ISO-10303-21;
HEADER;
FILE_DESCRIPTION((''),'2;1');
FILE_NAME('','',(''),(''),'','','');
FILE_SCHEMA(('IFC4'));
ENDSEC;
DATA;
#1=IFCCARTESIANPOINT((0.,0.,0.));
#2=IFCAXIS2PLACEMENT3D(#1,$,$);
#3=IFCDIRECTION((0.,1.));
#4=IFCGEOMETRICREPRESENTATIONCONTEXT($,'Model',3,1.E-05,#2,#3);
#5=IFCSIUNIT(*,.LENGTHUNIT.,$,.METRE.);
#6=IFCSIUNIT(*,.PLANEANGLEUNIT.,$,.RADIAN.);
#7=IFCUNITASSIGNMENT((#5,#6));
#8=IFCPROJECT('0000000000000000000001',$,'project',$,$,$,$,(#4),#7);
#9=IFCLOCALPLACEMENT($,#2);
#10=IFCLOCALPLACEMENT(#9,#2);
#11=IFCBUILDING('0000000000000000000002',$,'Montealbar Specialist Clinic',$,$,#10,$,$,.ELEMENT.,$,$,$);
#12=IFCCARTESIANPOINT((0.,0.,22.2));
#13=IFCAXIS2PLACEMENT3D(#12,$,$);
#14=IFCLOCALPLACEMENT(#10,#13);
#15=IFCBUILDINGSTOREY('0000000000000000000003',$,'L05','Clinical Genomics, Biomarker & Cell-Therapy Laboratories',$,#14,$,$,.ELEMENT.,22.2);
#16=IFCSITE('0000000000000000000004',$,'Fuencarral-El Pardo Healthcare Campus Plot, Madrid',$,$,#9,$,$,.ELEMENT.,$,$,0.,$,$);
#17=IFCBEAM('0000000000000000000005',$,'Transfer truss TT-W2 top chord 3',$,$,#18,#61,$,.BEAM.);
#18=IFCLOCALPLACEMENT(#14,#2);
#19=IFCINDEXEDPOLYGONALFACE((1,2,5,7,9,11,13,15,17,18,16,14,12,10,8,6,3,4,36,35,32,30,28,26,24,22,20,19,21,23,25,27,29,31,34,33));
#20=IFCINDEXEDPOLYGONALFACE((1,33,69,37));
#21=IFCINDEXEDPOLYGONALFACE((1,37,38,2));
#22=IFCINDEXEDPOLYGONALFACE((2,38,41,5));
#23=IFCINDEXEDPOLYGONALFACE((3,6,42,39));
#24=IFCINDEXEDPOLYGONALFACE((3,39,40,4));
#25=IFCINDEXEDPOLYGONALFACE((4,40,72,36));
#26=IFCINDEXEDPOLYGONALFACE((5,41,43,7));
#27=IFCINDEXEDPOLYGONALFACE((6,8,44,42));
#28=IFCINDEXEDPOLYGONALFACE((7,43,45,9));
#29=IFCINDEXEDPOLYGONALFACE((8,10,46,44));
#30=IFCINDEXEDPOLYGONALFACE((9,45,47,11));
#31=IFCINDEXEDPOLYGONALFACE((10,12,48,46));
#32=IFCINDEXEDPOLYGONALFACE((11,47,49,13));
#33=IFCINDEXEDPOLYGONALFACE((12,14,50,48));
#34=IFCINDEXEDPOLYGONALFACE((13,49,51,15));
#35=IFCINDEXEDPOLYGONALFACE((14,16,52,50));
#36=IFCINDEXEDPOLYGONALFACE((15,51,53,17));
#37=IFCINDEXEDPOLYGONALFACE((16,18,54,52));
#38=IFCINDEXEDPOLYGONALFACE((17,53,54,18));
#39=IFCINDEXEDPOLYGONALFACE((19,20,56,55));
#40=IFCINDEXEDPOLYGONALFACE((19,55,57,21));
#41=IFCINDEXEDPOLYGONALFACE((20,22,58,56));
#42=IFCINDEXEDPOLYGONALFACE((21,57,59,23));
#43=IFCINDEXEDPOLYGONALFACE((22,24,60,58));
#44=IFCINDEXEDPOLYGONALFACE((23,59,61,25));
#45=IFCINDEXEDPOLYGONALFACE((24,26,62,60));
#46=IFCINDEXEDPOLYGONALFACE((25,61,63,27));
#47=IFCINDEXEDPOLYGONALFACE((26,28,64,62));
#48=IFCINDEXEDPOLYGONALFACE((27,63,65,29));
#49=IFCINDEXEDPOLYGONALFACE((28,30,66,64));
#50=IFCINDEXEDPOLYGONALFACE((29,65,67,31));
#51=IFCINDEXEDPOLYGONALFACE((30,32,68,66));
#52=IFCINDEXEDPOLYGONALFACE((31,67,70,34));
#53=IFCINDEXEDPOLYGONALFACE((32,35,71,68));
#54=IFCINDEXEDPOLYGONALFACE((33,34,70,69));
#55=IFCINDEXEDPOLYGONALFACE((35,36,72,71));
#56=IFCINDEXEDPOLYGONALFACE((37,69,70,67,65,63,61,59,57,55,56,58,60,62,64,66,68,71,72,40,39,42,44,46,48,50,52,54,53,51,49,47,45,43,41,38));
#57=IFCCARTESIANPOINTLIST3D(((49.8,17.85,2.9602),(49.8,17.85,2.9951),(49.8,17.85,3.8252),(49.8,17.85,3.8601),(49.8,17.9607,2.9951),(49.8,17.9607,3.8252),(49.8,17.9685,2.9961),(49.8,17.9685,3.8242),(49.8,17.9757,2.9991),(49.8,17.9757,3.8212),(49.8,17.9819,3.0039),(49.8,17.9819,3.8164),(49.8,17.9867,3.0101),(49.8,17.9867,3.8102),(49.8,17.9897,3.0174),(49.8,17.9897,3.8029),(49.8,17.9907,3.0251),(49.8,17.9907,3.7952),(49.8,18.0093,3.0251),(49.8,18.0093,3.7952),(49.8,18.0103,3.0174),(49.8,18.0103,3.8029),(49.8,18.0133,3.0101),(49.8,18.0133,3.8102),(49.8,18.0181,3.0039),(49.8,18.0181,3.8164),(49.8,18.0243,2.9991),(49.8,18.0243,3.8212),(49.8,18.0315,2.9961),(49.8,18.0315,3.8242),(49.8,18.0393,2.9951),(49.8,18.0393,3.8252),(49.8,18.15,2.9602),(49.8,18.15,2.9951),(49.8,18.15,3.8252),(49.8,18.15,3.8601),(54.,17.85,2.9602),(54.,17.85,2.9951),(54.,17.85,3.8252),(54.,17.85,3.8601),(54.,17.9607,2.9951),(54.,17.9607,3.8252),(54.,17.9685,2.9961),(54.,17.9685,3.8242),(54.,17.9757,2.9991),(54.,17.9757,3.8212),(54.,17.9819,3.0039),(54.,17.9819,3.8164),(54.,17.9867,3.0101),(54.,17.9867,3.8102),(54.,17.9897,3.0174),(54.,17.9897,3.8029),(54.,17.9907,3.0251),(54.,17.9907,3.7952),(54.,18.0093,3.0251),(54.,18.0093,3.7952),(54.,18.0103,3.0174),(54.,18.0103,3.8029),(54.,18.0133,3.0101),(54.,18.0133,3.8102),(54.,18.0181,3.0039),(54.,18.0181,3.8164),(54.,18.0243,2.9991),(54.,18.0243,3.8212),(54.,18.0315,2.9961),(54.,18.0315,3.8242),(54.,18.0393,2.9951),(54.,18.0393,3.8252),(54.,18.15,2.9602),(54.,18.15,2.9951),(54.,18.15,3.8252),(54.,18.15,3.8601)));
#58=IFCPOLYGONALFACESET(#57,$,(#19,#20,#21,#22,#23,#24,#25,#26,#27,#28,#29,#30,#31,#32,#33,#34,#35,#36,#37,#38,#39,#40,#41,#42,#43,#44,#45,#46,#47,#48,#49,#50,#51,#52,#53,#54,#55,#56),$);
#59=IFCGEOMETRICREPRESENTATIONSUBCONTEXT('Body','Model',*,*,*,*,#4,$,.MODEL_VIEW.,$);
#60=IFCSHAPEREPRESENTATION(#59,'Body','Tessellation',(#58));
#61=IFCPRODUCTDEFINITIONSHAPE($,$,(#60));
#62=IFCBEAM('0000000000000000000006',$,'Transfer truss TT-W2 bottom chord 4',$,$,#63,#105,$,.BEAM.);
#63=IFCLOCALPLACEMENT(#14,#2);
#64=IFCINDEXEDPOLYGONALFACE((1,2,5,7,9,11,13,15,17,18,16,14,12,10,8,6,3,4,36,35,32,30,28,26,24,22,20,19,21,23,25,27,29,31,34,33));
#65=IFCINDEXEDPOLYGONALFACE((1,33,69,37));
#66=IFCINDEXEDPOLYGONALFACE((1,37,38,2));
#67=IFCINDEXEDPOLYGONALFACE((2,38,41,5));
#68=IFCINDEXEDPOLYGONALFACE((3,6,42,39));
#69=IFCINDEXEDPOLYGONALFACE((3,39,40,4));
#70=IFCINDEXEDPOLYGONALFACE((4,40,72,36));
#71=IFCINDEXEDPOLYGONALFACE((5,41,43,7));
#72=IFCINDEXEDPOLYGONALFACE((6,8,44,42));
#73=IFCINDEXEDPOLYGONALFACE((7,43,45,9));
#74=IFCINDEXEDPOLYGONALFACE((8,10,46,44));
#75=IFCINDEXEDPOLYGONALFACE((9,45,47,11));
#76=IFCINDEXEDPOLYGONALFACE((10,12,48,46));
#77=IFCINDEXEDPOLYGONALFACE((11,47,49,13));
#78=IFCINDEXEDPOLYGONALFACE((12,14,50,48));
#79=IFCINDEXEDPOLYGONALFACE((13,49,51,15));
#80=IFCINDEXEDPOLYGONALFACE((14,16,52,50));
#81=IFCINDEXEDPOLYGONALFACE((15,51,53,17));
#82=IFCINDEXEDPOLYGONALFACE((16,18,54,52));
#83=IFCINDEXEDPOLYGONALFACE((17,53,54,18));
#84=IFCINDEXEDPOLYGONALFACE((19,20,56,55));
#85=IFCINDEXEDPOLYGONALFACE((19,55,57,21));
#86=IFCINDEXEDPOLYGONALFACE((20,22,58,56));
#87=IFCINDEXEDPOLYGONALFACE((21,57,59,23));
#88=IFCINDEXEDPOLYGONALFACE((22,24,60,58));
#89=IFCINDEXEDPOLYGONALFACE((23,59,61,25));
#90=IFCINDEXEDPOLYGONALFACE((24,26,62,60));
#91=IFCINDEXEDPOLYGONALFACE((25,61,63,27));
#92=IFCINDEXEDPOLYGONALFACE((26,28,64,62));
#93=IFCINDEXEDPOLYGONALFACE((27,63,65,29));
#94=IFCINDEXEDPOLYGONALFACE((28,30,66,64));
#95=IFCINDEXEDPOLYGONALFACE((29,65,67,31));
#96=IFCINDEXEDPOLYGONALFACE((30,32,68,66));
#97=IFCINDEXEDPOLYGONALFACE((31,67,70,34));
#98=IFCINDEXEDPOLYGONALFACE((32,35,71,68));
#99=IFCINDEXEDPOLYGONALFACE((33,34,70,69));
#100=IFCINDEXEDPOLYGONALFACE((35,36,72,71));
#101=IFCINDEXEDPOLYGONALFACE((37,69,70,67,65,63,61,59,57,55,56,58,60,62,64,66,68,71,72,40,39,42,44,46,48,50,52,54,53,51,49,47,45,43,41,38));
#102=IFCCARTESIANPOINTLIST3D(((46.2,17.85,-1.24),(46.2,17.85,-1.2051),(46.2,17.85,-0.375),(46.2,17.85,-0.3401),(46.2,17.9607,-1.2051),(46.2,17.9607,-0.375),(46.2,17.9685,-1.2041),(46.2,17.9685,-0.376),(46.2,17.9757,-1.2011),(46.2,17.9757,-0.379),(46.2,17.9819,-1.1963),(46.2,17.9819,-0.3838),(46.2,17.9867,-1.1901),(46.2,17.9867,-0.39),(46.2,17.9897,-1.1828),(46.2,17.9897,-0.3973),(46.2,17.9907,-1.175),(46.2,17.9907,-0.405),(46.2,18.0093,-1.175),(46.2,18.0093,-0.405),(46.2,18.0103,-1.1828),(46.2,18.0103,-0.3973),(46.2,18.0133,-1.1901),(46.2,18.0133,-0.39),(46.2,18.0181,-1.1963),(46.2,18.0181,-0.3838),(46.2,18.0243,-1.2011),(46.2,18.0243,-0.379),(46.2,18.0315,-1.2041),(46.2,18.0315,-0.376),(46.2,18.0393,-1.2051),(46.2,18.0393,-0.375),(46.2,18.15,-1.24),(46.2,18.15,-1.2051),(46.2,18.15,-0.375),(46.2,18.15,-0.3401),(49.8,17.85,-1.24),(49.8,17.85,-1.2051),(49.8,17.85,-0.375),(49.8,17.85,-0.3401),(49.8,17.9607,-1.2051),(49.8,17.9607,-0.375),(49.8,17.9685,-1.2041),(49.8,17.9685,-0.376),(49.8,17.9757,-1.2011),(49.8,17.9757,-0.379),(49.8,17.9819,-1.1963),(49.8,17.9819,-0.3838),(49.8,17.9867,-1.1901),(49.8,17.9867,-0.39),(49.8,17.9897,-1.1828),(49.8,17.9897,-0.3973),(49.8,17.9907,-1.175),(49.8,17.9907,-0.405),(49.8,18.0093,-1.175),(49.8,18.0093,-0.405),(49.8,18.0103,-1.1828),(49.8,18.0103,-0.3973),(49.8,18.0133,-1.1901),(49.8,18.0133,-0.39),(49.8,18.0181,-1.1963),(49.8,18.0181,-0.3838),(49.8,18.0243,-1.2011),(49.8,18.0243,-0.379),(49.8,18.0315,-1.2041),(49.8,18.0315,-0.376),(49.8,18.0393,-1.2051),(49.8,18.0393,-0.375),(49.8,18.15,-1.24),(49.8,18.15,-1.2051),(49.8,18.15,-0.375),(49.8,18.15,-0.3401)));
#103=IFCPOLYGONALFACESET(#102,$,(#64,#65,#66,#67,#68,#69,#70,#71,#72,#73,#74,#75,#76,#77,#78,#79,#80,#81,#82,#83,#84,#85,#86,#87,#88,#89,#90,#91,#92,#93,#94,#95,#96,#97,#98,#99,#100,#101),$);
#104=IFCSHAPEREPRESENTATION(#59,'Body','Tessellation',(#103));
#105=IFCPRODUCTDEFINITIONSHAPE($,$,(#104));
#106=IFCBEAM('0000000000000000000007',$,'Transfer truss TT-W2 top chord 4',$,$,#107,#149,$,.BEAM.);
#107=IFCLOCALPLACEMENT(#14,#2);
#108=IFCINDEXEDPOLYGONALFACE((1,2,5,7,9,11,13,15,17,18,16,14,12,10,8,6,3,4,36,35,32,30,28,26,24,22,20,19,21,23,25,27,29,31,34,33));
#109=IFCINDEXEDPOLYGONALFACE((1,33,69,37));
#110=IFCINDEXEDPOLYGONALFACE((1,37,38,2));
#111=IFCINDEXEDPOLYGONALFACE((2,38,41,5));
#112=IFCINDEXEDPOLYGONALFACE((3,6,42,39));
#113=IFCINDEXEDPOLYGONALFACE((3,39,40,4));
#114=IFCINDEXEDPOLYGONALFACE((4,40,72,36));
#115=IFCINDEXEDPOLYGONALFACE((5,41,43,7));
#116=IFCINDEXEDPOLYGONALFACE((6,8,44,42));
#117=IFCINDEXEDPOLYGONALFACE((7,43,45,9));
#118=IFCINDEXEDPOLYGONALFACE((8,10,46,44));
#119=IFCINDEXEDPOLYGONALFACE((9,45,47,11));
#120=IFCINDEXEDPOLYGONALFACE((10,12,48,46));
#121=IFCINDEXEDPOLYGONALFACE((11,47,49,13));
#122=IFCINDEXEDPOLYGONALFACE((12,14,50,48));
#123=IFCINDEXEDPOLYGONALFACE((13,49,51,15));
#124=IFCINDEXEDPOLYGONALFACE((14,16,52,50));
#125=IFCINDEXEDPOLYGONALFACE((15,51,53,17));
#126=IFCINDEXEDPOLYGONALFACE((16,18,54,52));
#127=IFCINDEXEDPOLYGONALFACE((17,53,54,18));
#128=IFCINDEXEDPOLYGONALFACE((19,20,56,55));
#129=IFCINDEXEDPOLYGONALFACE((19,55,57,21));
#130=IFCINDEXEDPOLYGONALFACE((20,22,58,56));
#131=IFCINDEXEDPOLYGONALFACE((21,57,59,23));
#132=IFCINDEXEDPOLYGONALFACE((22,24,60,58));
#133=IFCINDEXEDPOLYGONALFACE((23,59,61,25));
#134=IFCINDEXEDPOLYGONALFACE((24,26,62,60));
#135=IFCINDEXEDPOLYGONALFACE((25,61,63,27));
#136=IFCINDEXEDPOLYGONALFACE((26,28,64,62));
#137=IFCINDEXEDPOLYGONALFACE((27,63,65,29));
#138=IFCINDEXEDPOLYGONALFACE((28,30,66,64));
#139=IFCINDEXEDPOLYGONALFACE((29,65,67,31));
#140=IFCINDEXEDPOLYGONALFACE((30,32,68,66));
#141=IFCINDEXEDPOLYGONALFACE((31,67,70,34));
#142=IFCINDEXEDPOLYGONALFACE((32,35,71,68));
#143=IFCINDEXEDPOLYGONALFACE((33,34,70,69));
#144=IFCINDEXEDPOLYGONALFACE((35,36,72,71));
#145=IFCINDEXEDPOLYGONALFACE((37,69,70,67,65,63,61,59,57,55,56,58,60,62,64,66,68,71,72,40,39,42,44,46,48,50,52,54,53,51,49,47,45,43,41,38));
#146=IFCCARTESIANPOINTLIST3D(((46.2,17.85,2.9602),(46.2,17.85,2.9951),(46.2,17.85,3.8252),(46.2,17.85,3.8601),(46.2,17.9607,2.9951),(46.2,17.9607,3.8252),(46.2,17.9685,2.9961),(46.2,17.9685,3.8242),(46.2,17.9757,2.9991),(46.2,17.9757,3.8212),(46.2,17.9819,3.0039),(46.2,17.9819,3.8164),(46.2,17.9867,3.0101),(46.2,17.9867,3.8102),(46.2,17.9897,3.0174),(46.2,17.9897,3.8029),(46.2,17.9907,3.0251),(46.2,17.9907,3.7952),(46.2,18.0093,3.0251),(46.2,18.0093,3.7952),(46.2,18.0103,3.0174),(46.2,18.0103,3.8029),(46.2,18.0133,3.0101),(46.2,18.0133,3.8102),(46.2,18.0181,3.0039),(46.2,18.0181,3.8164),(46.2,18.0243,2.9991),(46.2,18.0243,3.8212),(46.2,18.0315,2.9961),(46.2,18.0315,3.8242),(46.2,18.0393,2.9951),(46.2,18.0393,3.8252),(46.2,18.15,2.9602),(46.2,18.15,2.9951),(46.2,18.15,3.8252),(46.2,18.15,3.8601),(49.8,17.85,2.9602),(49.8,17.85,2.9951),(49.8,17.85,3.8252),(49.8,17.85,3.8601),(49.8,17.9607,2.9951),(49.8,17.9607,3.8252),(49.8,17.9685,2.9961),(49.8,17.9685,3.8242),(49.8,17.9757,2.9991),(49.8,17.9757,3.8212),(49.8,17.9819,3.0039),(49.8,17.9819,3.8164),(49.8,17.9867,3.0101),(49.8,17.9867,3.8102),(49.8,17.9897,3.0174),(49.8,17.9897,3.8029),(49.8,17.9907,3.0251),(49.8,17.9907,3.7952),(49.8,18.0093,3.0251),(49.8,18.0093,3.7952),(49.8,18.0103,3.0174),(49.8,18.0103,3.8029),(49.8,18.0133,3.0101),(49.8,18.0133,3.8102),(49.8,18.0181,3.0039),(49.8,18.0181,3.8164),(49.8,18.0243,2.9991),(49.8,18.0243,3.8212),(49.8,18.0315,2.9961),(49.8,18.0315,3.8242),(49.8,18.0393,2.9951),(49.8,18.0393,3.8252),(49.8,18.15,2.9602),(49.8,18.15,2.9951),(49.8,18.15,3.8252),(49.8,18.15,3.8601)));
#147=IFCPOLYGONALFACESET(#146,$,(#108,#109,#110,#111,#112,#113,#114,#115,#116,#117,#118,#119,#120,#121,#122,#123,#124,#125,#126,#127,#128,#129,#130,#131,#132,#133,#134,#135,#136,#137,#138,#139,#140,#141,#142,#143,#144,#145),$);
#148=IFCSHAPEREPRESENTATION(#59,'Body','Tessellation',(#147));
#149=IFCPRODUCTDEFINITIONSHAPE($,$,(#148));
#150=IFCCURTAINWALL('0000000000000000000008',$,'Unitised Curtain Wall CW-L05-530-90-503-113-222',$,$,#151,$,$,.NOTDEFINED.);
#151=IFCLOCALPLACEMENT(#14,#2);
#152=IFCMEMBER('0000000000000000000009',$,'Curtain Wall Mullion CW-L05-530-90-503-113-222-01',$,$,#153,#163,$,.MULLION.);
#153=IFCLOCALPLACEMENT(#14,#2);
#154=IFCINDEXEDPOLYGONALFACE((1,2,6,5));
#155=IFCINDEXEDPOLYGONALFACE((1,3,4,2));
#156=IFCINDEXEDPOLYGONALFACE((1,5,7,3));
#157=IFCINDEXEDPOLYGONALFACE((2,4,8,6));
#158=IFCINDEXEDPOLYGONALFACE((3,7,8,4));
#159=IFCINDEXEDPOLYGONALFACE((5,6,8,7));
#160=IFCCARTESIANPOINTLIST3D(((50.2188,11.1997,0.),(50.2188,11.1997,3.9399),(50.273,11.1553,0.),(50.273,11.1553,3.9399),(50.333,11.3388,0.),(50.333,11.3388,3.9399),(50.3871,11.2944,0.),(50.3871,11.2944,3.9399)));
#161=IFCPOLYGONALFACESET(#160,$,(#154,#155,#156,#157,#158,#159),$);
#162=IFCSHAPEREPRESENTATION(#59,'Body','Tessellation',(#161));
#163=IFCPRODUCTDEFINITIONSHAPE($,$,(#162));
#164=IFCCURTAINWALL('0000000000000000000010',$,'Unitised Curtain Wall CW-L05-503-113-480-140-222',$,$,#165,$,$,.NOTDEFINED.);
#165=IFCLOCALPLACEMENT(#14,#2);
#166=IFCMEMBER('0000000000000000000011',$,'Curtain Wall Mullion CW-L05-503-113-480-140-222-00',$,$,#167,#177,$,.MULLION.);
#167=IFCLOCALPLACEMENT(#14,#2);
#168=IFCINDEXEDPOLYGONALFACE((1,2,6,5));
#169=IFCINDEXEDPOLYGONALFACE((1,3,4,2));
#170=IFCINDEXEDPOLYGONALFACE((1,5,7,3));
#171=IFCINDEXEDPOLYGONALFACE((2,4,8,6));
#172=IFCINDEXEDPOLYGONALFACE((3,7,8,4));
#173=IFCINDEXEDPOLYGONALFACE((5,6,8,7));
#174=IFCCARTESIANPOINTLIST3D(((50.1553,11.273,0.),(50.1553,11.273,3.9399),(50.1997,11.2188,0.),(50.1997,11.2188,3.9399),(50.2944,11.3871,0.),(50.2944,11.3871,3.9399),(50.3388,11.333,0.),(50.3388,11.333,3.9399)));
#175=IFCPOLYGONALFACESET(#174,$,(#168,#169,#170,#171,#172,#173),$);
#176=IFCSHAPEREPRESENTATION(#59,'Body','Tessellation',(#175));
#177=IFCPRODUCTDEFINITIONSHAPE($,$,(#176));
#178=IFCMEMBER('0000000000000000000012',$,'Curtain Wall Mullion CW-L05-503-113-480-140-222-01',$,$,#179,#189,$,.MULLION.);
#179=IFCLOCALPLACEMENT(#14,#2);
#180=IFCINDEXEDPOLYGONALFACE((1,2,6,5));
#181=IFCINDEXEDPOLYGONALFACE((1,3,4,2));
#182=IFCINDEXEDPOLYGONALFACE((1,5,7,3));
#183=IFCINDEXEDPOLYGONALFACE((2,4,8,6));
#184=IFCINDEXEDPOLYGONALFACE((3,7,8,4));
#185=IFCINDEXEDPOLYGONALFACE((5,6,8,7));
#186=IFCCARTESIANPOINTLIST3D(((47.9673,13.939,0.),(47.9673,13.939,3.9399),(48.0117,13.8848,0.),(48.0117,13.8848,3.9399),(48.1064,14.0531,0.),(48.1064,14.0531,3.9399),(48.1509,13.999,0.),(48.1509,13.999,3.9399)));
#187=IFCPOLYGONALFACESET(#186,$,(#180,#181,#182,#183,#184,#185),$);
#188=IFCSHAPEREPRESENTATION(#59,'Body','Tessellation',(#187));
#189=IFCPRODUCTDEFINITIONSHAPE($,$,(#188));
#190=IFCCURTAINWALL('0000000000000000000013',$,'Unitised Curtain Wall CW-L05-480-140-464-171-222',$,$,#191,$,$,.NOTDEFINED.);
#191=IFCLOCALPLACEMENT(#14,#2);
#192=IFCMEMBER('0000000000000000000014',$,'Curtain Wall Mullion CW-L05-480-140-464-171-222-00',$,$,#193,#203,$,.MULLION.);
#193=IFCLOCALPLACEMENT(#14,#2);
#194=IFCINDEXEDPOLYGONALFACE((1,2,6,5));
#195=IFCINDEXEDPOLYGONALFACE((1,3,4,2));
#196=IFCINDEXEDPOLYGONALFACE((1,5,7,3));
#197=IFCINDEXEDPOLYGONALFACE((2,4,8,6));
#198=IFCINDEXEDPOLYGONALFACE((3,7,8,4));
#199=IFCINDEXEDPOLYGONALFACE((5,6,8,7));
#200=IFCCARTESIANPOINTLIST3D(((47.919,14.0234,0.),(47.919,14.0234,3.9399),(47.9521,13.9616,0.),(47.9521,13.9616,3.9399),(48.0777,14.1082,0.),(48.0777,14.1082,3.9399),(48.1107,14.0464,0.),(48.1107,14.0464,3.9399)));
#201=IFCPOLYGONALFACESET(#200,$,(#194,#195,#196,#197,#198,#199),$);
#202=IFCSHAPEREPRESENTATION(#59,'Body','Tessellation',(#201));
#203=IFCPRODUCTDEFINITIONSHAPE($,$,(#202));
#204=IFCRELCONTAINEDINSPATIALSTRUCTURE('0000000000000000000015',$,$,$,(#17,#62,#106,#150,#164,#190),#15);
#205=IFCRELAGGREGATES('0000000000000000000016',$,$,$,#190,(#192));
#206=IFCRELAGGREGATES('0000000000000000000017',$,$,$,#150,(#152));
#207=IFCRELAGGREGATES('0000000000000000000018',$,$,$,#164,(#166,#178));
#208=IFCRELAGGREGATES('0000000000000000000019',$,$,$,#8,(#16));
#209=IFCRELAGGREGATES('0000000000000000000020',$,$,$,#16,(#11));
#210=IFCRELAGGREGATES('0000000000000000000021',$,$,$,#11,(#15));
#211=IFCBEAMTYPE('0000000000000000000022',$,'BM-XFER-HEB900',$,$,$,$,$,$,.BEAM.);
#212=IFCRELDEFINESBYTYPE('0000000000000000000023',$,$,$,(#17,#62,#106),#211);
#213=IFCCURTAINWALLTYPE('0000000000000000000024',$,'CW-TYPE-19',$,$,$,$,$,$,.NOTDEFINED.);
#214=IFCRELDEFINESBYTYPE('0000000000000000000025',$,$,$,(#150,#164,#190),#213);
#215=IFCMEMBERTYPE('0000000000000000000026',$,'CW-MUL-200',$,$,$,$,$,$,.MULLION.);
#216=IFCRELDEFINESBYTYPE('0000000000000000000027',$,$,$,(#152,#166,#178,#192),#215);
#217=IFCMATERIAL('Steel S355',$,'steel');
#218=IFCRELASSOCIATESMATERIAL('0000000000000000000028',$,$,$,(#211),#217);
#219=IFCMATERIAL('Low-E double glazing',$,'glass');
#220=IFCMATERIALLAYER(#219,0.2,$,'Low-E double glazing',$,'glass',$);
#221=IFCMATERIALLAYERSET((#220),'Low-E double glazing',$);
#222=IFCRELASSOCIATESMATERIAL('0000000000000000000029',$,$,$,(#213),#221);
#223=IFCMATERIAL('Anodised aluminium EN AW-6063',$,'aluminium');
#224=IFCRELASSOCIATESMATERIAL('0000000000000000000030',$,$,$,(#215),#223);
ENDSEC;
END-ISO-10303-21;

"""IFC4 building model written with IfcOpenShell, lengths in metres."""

from ifc_helpers import new_model, si_unit, direction, frame, origin, origin_2d, place, context, subcontext, project, spatial, rectangle, i_section, extrude, material, layer, layer_set, material_profile, profile_set, type_object, element, aggregate, save


model = new_model("IFC4")

# Units and contexts
model_context = context("Model", 3, precision=1e-05, world=origin(), true_north=direction((0.0, 1.0)))
body_context = subcontext(model_context, "Body", "Model", "MODEL_VIEW")
ifc_project = project(units=[si_unit("LENGTHUNIT", "METRE"), si_unit("PLANEANGLEUNIT", "RADIAN")], contexts=[model_context])

# Site, building, storey
site_placement = place(None, origin())
site = spatial("IfcSite", under=ifc_project, at=site_placement, Name="Fuencarral-El Pardo Healthcare Campus Plot, Madrid", CompositionType="ELEMENT", RefElevation=0.0)
building_placement = place(site_placement, origin())
building = spatial("IfcBuilding", under=site, at=building_placement, Name="Montealbar Specialist Clinic", CompositionType="ELEMENT")
storey_placement = place(building_placement, frame((0.0, 0.0, 22.2)))
storey = spatial("IfcBuildingStorey", under=building, at=storey_placement, Name="L05", Description="Clinical Genomics, Biomarker & Cell-Therapy Laboratories", CompositionType="ELEMENT", Elevation=22.2)

# Shared definitions
ifc_material_1 = material(Name="Steel S355", Category="steel")

# Beams
ifc_material_profile_1 = material_profile(ifc_material_1, i_section(OverallWidth=0.3, OverallDepth=0.8999, WebThickness=0.0186, FlangeThickness=0.0349, FilletRadius=0.03, at=origin_2d()), Name="HEB 900", Category="steel")
ifc_profile_set_1 = profile_set([ifc_material_profile_1], Name="Steel S355")
beam_type_1 = type_object("IfcBeamType", Name="BM-XFER-HEB900", PredefinedType="BEAM", material=ifc_profile_set_1)
for number, where, z_axis, x_axis, name in (
    (1, (54.0, 18.0, 3.4102), (-1.0, 0.0, 0.0), (0.0, -1.0, 0.0), "Transfer truss TT-W2 top chord 3"),
):
    element("IfcBeam", number, at=place(storey_placement, frame(where, z_axis=z_axis, x_axis=x_axis)), inside=storey, type_object=beam_type_1, Name=name, PredefinedType="BEAM", context=body_context, shape_type="SweptSolid", body=[
        extrude(i_section(OverallWidth=0.3, OverallDepth=0.8999, WebThickness=0.0186, FlangeThickness=0.0349, FilletRadius=0.03, at=origin_2d()), origin(), (0.0, 0.0, 1.0), 4.2),
    ])
for number, where, z_axis, x_axis, name in (
    (2, (49.8, 18.0, -0.79), (-1.0, 0.0, 0.0), (0.0, -1.0, 0.0), "Transfer truss TT-W2 bottom chord 4"),
    (3, (49.8, 18.0, 3.4102), (-1.0, 0.0, 0.0), (0.0, -1.0, 0.0), "Transfer truss TT-W2 top chord 4"),
):
    element("IfcBeam", number, at=place(storey_placement, frame(where, z_axis=z_axis, x_axis=x_axis)), inside=storey, type_object=beam_type_1, Name=name, PredefinedType="BEAM", context=body_context, shape_type="SweptSolid", body=[
        extrude(i_section(OverallWidth=0.3, OverallDepth=0.8999, WebThickness=0.0186, FlangeThickness=0.0349, FilletRadius=0.03, at=origin_2d()), origin(), (0.0, 0.0, 1.0), 3.6001),
    ])

# Curtain wall, member
ifc_material_2 = material(Name="Low-E double glazing", Category="glass")
ifc_layer_1 = layer(ifc_material_2, 0.2, Name="Low-E double glazing", Category="glass")
ifc_layer_set_1 = layer_set([ifc_layer_1], Name="Low-E double glazing")
curtain_wall_type = type_object("IfcCurtainWallType", Name="CW-TYPE-19", PredefinedType="NOTDEFINED", material=ifc_layer_set_1)
curtain_wall_1_placement = place(storey_placement, origin())
curtain_wall_1 = element("IfcCurtainWall", 4, at=curtain_wall_1_placement, inside=storey, type_object=curtain_wall_type, Name="Unitised Curtain Wall CW-L05-530-90-503-113-222", PredefinedType="NOTDEFINED")
ifc_material_3 = material(Name="Anodised aluminium EN AW-6063", Category="aluminium")
ifc_material_profile_2 = material_profile(ifc_material_3, rectangle(XDim=0.0701, YDim=0.1799, at=origin_2d()), Name="ALU 70x180", Category="aluminium")
ifc_profile_set_2 = profile_set([ifc_material_profile_2], Name="Anodised aluminium EN AW-6063")
member_type_1 = type_object("IfcMemberType", Name="CW-MUL-200", PredefinedType="MULLION", material=ifc_profile_set_2)
member_1_placement = place(storey_placement, frame((50.303, 11.2471, 0.0), z_axis=(0.0, 0.0, 1.0), x_axis=(-0.773123, 0.634256, 0.0)))
member_1 = element("IfcMember", 5, at=member_1_placement, type_object=member_type_1, Name="Curtain Wall Mullion CW-L05-530-90-503-113-222-01", PredefinedType="MULLION", context=body_context, shape_type="SweptSolid", body=[
    extrude(rectangle(XDim=0.0701, YDim=0.1799, at=origin_2d()), origin(), (0.0, 0.0, 1.0), 3.9399),
])

# Curtain wall, members
curtain_wall_2_placement = place(storey_placement, origin())
curtain_wall_2 = element("IfcCurtainWall", 6, at=curtain_wall_2_placement, inside=storey, type_object=curtain_wall_type, Name="Unitised Curtain Wall CW-L05-503-113-480-140-222", PredefinedType="NOTDEFINED")
member_2_placement = place(storey_placement, frame((50.2471, 11.303, 0.0), z_axis=(0.0, 0.0, 1.0), x_axis=(-0.634256, 0.773123, 0.0)))
member_2 = element("IfcMember", 7, at=member_2_placement, type_object=member_type_1, Name="Curtain Wall Mullion CW-L05-503-113-480-140-222-00", PredefinedType="MULLION", context=body_context, shape_type="SweptSolid", body=[
    extrude(rectangle(XDim=0.0701, YDim=0.1799, at=origin_2d()), origin(), (0.0, 0.0, 1.0), 3.9399),
])
member_3_placement = place(storey_placement, frame((48.0591, 13.969, 0.0), z_axis=(0.0, 0.0, 1.0), x_axis=(-0.634256, 0.773123, 0.0)))
member_3 = element("IfcMember", 8, at=member_3_placement, type_object=member_type_1, Name="Curtain Wall Mullion CW-L05-503-113-480-140-222-01", PredefinedType="MULLION", context=body_context, shape_type="SweptSolid", body=[
    extrude(rectangle(XDim=0.0701, YDim=0.1799, at=origin_2d()), origin(), (0.0, 0.0, 1.0), 3.9399),
])

# Curtain wall, member
curtain_wall_3_placement = place(storey_placement, origin())
curtain_wall_3 = element("IfcCurtainWall", 9, at=curtain_wall_3_placement, inside=storey, type_object=curtain_wall_type, Name="Unitised Curtain Wall CW-L05-480-140-464-171-222", PredefinedType="NOTDEFINED")
member_4_placement = place(storey_placement, frame((48.0149, 14.0349, 0.0), z_axis=(0.0, 0.0, 1.0), x_axis=(-0.471529, 0.88185, 0.0)))
member_4 = element("IfcMember", 10, at=member_4_placement, type_object=member_type_1, Name="Curtain Wall Mullion CW-L05-480-140-464-171-222-00", PredefinedType="MULLION", context=body_context, shape_type="SweptSolid", body=[
    extrude(rectangle(XDim=0.0701, YDim=0.1799, at=origin_2d()), origin(), (0.0, 0.0, 1.0), 3.9399),
])
aggregate(curtain_wall_3, [member_4])

aggregate(curtain_wall_1, [member_1])
aggregate(curtain_wall_2, [member_2, member_3])

save(model, "model.ifc")
